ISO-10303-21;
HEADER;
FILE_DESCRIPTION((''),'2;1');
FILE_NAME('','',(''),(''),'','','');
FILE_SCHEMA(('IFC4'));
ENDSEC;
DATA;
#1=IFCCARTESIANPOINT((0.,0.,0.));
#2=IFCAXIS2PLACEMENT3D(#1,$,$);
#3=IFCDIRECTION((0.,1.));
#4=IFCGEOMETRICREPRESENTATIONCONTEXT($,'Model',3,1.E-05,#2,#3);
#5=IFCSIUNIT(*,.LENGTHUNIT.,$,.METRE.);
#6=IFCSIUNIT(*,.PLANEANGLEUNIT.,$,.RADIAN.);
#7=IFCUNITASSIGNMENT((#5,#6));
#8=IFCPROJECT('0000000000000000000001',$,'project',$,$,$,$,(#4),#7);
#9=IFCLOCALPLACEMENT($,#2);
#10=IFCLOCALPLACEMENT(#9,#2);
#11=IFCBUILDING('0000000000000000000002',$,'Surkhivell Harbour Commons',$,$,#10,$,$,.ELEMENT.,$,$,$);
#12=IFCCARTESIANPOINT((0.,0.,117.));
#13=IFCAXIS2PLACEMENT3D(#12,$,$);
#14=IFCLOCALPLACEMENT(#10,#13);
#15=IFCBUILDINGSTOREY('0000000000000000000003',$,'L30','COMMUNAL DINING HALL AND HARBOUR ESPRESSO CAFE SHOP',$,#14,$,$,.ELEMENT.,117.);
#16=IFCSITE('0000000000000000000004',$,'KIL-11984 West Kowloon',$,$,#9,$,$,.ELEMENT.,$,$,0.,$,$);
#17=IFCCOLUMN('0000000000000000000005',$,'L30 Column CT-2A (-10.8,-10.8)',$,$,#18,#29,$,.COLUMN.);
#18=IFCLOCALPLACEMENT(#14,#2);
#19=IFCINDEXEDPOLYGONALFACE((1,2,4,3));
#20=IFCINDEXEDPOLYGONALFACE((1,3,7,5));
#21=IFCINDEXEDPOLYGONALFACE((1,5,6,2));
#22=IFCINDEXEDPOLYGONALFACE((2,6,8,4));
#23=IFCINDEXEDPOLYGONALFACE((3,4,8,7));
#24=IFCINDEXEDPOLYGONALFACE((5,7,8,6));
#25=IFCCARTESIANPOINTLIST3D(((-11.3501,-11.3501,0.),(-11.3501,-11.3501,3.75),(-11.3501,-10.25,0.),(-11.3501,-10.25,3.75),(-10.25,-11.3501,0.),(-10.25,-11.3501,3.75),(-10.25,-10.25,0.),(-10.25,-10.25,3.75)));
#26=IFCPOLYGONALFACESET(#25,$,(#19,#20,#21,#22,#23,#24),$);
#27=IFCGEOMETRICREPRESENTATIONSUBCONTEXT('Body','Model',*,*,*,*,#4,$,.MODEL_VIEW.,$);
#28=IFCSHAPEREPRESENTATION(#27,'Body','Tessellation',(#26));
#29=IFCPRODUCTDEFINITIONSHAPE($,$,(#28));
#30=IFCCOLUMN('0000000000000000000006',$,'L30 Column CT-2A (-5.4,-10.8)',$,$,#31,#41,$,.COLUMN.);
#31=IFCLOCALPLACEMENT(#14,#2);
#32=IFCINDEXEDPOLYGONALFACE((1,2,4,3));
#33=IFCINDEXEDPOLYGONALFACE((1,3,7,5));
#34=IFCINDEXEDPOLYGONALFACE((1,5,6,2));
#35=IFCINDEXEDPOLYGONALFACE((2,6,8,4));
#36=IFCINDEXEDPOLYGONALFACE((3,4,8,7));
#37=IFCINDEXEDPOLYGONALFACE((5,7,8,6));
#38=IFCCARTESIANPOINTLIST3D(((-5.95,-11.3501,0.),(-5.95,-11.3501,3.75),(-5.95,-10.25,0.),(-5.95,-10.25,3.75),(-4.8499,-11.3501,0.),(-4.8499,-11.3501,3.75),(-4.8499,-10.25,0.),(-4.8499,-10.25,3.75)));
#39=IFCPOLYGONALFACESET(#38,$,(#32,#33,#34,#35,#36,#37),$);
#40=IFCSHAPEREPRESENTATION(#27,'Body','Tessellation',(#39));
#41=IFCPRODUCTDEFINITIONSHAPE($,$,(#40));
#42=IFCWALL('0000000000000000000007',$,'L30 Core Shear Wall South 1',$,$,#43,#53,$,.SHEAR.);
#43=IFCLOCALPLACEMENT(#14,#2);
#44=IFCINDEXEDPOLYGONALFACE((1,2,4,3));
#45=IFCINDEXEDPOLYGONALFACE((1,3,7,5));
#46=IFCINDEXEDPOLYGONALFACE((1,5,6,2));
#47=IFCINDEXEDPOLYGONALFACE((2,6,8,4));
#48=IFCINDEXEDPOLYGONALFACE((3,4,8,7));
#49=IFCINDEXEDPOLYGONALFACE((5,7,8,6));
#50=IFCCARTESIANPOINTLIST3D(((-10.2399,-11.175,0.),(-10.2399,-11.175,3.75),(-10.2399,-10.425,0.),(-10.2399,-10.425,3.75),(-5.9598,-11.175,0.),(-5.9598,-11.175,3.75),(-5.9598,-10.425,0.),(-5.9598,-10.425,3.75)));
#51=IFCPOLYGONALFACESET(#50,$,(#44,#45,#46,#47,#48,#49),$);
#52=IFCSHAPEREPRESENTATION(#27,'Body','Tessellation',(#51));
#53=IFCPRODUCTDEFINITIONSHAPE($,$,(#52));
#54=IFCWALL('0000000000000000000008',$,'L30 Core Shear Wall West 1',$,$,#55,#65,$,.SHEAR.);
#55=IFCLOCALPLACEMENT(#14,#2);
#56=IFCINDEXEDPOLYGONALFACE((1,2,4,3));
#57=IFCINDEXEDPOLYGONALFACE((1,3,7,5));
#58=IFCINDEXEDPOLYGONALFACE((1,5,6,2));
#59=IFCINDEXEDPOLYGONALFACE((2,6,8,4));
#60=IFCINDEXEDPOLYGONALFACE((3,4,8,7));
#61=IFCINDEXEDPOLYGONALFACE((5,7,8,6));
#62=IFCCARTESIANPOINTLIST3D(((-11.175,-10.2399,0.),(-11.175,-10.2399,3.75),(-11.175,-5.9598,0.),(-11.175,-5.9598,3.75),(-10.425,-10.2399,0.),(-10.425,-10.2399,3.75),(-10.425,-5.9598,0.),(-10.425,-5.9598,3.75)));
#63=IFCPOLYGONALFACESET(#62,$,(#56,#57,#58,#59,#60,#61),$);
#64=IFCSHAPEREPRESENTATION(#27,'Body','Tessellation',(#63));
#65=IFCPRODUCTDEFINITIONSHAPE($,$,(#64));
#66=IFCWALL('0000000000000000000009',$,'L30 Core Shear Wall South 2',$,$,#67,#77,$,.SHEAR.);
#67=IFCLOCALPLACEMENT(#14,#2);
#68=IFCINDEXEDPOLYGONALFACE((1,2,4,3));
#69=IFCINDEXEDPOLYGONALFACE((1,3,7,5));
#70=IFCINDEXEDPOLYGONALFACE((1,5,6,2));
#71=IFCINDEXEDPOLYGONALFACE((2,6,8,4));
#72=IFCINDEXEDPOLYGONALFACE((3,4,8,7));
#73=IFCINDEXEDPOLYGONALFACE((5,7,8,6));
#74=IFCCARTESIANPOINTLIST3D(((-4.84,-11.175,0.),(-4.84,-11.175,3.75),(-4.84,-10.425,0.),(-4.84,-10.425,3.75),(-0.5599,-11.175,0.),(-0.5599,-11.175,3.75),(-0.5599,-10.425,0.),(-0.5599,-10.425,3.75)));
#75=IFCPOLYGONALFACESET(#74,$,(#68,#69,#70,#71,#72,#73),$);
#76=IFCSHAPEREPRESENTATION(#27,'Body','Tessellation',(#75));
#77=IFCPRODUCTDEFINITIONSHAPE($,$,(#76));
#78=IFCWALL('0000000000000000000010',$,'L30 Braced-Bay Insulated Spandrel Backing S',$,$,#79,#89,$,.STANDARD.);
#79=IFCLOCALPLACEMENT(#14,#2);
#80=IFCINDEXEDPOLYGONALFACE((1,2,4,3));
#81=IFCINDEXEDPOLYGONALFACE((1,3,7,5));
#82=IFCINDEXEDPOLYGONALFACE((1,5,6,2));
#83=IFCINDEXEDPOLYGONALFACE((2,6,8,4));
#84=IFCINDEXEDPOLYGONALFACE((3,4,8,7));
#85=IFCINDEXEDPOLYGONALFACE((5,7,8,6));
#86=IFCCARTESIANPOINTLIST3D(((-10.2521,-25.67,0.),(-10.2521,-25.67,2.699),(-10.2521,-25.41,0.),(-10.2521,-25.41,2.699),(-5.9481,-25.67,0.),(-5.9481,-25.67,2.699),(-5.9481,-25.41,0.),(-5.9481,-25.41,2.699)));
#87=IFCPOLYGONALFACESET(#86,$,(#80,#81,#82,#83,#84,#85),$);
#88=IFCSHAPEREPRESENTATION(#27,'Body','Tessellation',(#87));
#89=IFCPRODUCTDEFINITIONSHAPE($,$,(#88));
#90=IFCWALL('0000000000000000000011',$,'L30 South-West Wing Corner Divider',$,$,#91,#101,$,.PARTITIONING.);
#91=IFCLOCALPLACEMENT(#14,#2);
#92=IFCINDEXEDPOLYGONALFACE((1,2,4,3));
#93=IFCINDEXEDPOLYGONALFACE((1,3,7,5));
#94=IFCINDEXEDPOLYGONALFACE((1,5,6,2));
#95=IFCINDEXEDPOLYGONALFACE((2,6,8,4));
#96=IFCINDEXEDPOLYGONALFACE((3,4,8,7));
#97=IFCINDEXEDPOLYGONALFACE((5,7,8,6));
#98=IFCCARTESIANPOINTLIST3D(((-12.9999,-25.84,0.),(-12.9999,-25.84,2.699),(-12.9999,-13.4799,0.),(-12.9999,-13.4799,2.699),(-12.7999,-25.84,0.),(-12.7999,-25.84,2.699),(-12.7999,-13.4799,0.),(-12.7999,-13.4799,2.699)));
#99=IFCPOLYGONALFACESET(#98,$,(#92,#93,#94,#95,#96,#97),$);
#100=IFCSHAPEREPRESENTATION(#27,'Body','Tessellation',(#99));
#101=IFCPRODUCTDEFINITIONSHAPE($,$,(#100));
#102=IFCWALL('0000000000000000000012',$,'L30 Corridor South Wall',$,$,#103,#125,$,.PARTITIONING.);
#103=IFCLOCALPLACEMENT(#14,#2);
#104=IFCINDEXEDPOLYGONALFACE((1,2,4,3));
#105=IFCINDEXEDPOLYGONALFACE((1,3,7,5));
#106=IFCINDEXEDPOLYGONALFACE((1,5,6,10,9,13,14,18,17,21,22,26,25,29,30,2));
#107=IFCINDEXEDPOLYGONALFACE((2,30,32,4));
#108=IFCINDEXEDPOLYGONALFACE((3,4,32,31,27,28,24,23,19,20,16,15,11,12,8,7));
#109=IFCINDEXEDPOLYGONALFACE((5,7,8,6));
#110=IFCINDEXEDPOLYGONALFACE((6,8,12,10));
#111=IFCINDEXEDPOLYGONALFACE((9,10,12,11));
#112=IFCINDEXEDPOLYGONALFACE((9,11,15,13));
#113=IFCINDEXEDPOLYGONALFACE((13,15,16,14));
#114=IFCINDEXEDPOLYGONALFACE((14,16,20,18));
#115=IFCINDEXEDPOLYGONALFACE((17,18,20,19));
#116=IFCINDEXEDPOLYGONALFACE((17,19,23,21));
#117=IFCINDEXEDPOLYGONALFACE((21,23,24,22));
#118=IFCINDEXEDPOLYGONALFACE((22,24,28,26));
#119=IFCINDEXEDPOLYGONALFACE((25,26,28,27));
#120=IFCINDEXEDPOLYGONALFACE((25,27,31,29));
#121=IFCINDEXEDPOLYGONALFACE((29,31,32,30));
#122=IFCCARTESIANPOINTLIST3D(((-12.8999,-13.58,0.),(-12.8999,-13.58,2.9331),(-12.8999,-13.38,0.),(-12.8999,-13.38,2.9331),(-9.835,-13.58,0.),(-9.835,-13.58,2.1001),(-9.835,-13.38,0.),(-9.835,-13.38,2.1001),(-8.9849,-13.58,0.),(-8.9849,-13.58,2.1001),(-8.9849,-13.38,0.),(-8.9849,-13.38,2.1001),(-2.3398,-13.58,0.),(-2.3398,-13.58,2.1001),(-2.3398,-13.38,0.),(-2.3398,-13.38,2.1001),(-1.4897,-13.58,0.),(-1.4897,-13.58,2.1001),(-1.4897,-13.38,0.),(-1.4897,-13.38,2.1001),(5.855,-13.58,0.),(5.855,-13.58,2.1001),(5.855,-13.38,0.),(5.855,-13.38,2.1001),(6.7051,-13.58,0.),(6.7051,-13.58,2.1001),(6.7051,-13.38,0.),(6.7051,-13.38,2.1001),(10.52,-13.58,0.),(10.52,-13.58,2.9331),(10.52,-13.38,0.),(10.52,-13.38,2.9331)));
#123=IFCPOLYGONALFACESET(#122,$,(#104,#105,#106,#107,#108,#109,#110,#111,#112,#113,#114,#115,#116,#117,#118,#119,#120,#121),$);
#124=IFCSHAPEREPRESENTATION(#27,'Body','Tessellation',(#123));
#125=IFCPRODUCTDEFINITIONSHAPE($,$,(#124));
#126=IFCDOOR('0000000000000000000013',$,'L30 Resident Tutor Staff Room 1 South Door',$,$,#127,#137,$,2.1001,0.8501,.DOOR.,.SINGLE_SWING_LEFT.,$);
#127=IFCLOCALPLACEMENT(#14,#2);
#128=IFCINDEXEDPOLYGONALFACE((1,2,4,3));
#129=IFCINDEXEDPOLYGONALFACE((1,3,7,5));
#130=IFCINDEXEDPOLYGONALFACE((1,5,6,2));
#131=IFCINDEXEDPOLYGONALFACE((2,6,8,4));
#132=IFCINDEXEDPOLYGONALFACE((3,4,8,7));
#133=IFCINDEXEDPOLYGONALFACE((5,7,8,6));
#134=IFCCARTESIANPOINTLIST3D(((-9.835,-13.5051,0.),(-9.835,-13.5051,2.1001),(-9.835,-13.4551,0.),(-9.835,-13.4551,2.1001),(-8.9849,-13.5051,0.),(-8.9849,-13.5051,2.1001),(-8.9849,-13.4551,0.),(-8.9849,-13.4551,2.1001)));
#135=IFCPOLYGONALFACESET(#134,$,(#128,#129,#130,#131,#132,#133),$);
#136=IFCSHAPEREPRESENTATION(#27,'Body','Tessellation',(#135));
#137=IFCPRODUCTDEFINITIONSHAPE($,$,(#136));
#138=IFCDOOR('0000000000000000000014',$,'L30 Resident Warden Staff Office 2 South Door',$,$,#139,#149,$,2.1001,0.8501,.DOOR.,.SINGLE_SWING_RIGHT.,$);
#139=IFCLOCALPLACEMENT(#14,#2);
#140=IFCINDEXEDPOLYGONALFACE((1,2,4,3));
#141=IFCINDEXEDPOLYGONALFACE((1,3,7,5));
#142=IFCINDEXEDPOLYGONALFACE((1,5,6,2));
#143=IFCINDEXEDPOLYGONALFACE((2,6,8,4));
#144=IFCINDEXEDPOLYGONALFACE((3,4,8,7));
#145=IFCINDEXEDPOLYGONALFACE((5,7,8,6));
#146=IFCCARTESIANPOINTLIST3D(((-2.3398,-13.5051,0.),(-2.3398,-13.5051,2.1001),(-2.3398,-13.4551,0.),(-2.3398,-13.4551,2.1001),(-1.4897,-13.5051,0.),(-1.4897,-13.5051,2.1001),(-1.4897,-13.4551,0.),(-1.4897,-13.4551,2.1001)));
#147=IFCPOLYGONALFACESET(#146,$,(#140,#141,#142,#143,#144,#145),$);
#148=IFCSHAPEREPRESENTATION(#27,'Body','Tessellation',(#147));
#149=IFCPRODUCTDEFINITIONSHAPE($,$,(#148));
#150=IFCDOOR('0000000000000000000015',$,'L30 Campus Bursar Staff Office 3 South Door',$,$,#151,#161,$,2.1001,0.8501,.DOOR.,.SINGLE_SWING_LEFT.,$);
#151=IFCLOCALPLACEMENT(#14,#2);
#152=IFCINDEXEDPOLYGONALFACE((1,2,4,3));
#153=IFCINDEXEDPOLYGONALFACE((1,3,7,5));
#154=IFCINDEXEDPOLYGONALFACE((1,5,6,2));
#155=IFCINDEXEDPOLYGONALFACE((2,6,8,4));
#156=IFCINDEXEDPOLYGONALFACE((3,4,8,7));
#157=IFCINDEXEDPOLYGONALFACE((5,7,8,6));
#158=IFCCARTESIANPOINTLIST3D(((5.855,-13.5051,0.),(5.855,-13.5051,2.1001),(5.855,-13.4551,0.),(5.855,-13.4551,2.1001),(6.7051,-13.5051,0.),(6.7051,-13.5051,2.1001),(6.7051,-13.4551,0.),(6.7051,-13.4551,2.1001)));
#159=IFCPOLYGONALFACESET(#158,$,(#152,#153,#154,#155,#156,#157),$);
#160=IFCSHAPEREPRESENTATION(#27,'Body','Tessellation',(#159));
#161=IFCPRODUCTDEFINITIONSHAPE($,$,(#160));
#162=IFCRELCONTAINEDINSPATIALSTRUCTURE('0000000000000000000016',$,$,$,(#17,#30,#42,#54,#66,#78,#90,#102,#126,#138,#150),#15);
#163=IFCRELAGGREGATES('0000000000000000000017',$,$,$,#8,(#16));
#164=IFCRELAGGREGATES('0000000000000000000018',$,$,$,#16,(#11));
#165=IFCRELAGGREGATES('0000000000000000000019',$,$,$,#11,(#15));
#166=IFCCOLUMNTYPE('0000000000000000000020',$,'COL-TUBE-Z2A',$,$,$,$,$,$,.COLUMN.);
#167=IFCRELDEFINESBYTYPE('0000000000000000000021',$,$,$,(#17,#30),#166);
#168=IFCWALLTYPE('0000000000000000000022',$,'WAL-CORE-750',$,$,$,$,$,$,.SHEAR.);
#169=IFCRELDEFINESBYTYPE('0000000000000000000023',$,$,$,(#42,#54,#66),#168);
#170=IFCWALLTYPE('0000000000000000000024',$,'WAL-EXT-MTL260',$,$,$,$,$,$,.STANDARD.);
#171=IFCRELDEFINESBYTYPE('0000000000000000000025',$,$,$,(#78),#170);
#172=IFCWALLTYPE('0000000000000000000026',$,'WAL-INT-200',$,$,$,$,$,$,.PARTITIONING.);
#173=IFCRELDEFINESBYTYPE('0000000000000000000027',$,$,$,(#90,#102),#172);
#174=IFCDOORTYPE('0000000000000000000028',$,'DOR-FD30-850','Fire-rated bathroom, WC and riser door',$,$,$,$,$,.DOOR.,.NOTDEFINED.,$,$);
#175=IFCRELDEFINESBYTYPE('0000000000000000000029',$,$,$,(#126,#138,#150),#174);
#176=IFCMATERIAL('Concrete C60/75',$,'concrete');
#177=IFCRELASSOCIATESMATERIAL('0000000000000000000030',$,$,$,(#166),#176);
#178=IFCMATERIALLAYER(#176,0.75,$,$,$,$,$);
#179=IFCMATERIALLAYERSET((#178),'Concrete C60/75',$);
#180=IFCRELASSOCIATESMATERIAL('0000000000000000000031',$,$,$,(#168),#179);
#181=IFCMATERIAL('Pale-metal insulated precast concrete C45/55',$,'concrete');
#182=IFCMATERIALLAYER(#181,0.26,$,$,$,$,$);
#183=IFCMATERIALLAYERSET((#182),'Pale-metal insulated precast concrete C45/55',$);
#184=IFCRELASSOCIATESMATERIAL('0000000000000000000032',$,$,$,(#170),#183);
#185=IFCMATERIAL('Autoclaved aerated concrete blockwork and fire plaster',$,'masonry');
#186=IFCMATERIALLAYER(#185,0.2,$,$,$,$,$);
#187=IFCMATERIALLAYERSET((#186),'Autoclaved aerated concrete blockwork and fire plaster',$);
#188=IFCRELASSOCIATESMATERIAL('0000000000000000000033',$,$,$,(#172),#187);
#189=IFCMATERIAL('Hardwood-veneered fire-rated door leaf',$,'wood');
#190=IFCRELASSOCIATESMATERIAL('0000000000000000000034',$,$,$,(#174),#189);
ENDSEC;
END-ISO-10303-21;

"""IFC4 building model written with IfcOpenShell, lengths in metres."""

from ifc_helpers import new_model, si_unit, direction, frame, frame_2d, origin, origin_2d, place, context, subcontext, project, spatial, rectangle, extrude, material, layer, layer_set, material_profile, profile_set, type_object, element, fill, save


model = new_model("IFC4")

# Units and contexts
model_context = context("Model", 3, precision=1e-05, world=origin(), true_north=direction((0.0, 1.0)))
body_context = subcontext(model_context, "Body", "Model", "MODEL_VIEW")
ifc_project = project(units=[si_unit("LENGTHUNIT", "METRE"), si_unit("PLANEANGLEUNIT", "RADIAN")], contexts=[model_context])

# Site, building, storey
site_placement = place(None, origin())
site = spatial("IfcSite", under=ifc_project, at=site_placement, Name="KIL-11984 West Kowloon", CompositionType="ELEMENT", RefElevation=0.0)
building_placement = place(site_placement, origin())
building = spatial("IfcBuilding", under=site, at=building_placement, Name="Surkhivell Harbour Commons", CompositionType="ELEMENT")
storey_placement = place(building_placement, frame((0.0, 0.0, 117.0)))
storey = spatial("IfcBuildingStorey", under=building, at=storey_placement, Name="L30", Description="COMMUNAL DINING HALL AND HARBOUR ESPRESSO CAFE SHOP", CompositionType="ELEMENT", Elevation=117.0)

# Columns
ifc_material_1 = material(Name="Concrete C60/75", Category="concrete")
ifc_material_profile = material_profile(ifc_material_1, rectangle(XDim=1.1001, YDim=1.1001, at=origin_2d()), Name="RC-COL-1100x1100")
ifc_profile_set = profile_set([ifc_material_profile], Name="Concrete C60/75")
column_type = type_object("IfcColumnType", Name="COL-TUBE-Z2A", PredefinedType="COLUMN", material=ifc_profile_set)
for number, where, z_axis, x_axis, name in (
    (1, (-10.8, -10.8, 0.0), (0.0, 0.0, 1.0), (1.0, 0.0, 0.0), "L30 Column CT-2A (-10.8,-10.8)"),
    (2, (-5.3999, -10.8, 0.0), (0.0, 0.0, 1.0), (1.0, 0.0, 0.0), "L30 Column CT-2A (-5.4,-10.8)"),
):
    element("IfcColumn", number, at=place(storey_placement, frame(where, z_axis=z_axis, x_axis=x_axis)), inside=storey, type_object=column_type, Name=name, PredefinedType="COLUMN", context=body_context, shape_type="SweptSolid", body=[
        extrude(rectangle(XDim=1.1001, YDim=1.1001, at=origin_2d()), origin(), (0.0, 0.0, 1.0), 3.75),
    ])

# Walls
ifc_layer_1 = layer(ifc_material_1, 0.75)
ifc_layer_set_1 = layer_set([ifc_layer_1], Name="Concrete C60/75")
wall_type_1 = type_object("IfcWallType", Name="WAL-CORE-750", PredefinedType="SHEAR", material=ifc_layer_set_1)
for number, where, z_axis, x_axis, name in (
    (3, (-10.24, -10.8, 0.0), (0.0, 0.0, 1.0), (1.0, 0.0, 0.0), "L30 Core Shear Wall South 1"),
    (4, (-10.8, -10.24, 0.0), (0.0, 0.0, 1.0), (0.0, 1.0, 0.0), "L30 Core Shear Wall West 1"),
    (5, (-4.8401, -10.8, 0.0), (0.0, 0.0, 1.0), (1.0, 0.0, 0.0), "L30 Core Shear Wall South 2"),
):
    element("IfcWall", number, at=place(storey_placement, frame(where, z_axis=z_axis, x_axis=x_axis)), inside=storey, type_object=wall_type_1, Name=name, PredefinedType="SHEAR", context=body_context, shape_type="SweptSolid", body=[
        extrude(rectangle(XDim=4.28, YDim=0.75, at=frame_2d((2.1401, 0.0))), origin(), (0.0, 0.0, 1.0), 3.75),
    ])
ifc_material_2 = material(Name="Pale-metal insulated precast concrete C45/55", Category="concrete")
ifc_layer_2 = layer(ifc_material_2, 0.26)
ifc_layer_set_2 = layer_set([ifc_layer_2], Name="Pale-metal insulated precast concrete C45/55")
wall_type_2 = type_object("IfcWallType", Name="WAL-EXT-MTL260", PredefinedType="STANDARD", material=ifc_layer_set_2)
wall_1_placement = place(storey_placement, frame((-10.252, -25.54, 0.0), z_axis=(0.0, 0.0, 1.0), x_axis=(1.0, 0.0, 0.0)))
element("IfcWall", 6, at=wall_1_placement, inside=storey, type_object=wall_type_2, Name="L30 Braced-Bay Insulated Spandrel Backing S", PredefinedType="STANDARD", context=body_context, shape_type="SweptSolid", body=[
    extrude(rectangle(XDim=4.304, YDim=0.26, at=frame_2d((2.1519, 0.0))), origin(), (0.0, 0.0, 1.0), 2.699),
])
ifc_material_3 = material(Name="Autoclaved aerated concrete blockwork and fire plaster", Category="masonry")
ifc_layer_3 = layer(ifc_material_3, 0.2)
ifc_layer_set_3 = layer_set([ifc_layer_3], Name="Autoclaved aerated concrete blockwork and fire plaster")
wall_type_3 = type_object("IfcWallType", Name="WAL-INT-200", PredefinedType="PARTITIONING", material=ifc_layer_set_3)
wall_2_placement = place(storey_placement, frame((-12.8999, -25.8401, 0.0), z_axis=(0.0, 0.0, 1.0), x_axis=(0.0, 1.0, 0.0)))
element("IfcWall", 7, at=wall_2_placement, inside=storey, type_object=wall_type_3, Name="L30 South-West Wing Corner Divider", PredefinedType="PARTITIONING", context=body_context, shape_type="SweptSolid", body=[
    extrude(rectangle(XDim=12.3601, YDim=0.2, at=frame_2d((6.1802, 0.0))), origin(), (0.0, 0.0, 1.0), 2.699),
])

# Wall, openings, doors
wall_3_placement = place(storey_placement, frame((-12.8999, -13.48, 0.0), z_axis=(0.0, 0.0, 1.0), x_axis=(1.0, 0.0, 0.0)))
wall_3 = element("IfcWall", 8, at=wall_3_placement, inside=storey, type_object=wall_type_3, Name="L30 Corridor South Wall", PredefinedType="PARTITIONING", context=body_context, shape_type="SweptSolid", body=[
    extrude(rectangle(XDim=23.4199, YDim=0.2, at=frame_2d((11.71, 0.0))), origin(), (0.0, 0.0, 1.0), 2.9331),
])
opening_1_placement = place(wall_3_placement, frame((3.0649, 0.0, 0.0)))
opening_1 = element("IfcOpeningElement", 9, at=opening_1_placement, cuts=wall_3, PredefinedType="OPENING", context=body_context, shape_type="SweptSolid", body=[
    extrude(rectangle(XDim=0.8501, YDim=2.1001, at=frame_2d((0.425, 1.05))), frame((0.0, 0.1099, 0.0), z_axis=(0.0, -1.0, 0.0), x_axis=(1.0, 0.0, 0.0)), (0.0, 0.0, 1.0), 0.22),
])
opening_2_placement = place(wall_3_placement, frame((10.5601, 0.0, 0.0)))
opening_2 = element("IfcOpeningElement", 10, at=opening_2_placement, cuts=wall_3, PredefinedType="OPENING", context=body_context, shape_type="SweptSolid", body=[
    extrude(rectangle(XDim=0.8501, YDim=2.1001, at=frame_2d((0.425, 1.05))), frame((0.0, 0.1099, 0.0), z_axis=(0.0, -1.0, 0.0), x_axis=(1.0, 0.0, 0.0)), (0.0, 0.0, 1.0), 0.22),
])
opening_3_placement = place(wall_3_placement, frame((18.7549, 0.0, 0.0)))
opening_3 = element("IfcOpeningElement", 11, at=opening_3_placement, cuts=wall_3, PredefinedType="OPENING", context=body_context, shape_type="SweptSolid", body=[
    extrude(rectangle(XDim=0.8501, YDim=2.1001, at=frame_2d((0.425, 1.05))), frame((0.0, 0.1099, 0.0), z_axis=(0.0, -1.0, 0.0), x_axis=(1.0, 0.0, 0.0)), (0.0, 0.0, 1.0), 0.22),
])
ifc_material_4 = material(Name="Hardwood-veneered fire-rated door leaf", Category="wood")
door_type = type_object("IfcDoorType", Name="DOR-FD30-850", Description="Fire-rated bathroom, WC and riser door", OperationType="NOTDEFINED", PredefinedType="DOOR", material=ifc_material_4)
door_1_placement = place(opening_1_placement, origin())
door_1 = element("IfcDoor", 12, at=door_1_placement, inside=storey, type_object=door_type, Name="L30 Resident Tutor Staff Room 1 South Door", OperationType="SINGLE_SWING_LEFT", OverallHeight=2.1001, OverallWidth=0.8501, PredefinedType="DOOR", context=body_context, shape_type="SweptSolid", body=[
    extrude(rectangle(XDim=0.8501, YDim=2.1001, at=frame_2d((0.425, 1.05))), frame((0.0, 0.0249, 0.0), z_axis=(0.0, -1.0, 0.0), x_axis=(1.0, 0.0, 0.0)), (0.0, 0.0, 1.0), 0.05),
])
fill(opening_1, door_1)
door_2_placement = place(opening_2_placement, origin())
door_2 = element("IfcDoor", 13, at=door_2_placement, inside=storey, type_object=door_type, Name="L30 Resident Warden Staff Office 2 South Door", OperationType="SINGLE_SWING_RIGHT", OverallHeight=2.1001, OverallWidth=0.8501, PredefinedType="DOOR", context=body_context, shape_type="SweptSolid", body=[
    extrude(rectangle(XDim=0.8501, YDim=2.1001, at=frame_2d((0.425, 1.05))), frame((0.0, 0.0249, 0.0), z_axis=(0.0, -1.0, 0.0), x_axis=(1.0, 0.0, 0.0)), (0.0, 0.0, 1.0), 0.05),
])
fill(opening_2, door_2)
door_3_placement = place(opening_3_placement, origin())
door_3 = element("IfcDoor", 14, at=door_3_placement, inside=storey, type_object=door_type, Name="L30 Campus Bursar Staff Office 3 South Door", OperationType="SINGLE_SWING_LEFT", OverallHeight=2.1001, OverallWidth=0.8501, PredefinedType="DOOR", context=body_context, shape_type="SweptSolid", body=[
    extrude(rectangle(XDim=0.8501, YDim=2.1001, at=frame_2d((0.425, 1.05))), frame((0.0, 0.0249, 0.0), z_axis=(0.0, -1.0, 0.0), x_axis=(1.0, 0.0, 0.0)), (0.0, 0.0, 1.0), 0.05),
])
fill(opening_3, door_3)

save(model, "model.ifc")
